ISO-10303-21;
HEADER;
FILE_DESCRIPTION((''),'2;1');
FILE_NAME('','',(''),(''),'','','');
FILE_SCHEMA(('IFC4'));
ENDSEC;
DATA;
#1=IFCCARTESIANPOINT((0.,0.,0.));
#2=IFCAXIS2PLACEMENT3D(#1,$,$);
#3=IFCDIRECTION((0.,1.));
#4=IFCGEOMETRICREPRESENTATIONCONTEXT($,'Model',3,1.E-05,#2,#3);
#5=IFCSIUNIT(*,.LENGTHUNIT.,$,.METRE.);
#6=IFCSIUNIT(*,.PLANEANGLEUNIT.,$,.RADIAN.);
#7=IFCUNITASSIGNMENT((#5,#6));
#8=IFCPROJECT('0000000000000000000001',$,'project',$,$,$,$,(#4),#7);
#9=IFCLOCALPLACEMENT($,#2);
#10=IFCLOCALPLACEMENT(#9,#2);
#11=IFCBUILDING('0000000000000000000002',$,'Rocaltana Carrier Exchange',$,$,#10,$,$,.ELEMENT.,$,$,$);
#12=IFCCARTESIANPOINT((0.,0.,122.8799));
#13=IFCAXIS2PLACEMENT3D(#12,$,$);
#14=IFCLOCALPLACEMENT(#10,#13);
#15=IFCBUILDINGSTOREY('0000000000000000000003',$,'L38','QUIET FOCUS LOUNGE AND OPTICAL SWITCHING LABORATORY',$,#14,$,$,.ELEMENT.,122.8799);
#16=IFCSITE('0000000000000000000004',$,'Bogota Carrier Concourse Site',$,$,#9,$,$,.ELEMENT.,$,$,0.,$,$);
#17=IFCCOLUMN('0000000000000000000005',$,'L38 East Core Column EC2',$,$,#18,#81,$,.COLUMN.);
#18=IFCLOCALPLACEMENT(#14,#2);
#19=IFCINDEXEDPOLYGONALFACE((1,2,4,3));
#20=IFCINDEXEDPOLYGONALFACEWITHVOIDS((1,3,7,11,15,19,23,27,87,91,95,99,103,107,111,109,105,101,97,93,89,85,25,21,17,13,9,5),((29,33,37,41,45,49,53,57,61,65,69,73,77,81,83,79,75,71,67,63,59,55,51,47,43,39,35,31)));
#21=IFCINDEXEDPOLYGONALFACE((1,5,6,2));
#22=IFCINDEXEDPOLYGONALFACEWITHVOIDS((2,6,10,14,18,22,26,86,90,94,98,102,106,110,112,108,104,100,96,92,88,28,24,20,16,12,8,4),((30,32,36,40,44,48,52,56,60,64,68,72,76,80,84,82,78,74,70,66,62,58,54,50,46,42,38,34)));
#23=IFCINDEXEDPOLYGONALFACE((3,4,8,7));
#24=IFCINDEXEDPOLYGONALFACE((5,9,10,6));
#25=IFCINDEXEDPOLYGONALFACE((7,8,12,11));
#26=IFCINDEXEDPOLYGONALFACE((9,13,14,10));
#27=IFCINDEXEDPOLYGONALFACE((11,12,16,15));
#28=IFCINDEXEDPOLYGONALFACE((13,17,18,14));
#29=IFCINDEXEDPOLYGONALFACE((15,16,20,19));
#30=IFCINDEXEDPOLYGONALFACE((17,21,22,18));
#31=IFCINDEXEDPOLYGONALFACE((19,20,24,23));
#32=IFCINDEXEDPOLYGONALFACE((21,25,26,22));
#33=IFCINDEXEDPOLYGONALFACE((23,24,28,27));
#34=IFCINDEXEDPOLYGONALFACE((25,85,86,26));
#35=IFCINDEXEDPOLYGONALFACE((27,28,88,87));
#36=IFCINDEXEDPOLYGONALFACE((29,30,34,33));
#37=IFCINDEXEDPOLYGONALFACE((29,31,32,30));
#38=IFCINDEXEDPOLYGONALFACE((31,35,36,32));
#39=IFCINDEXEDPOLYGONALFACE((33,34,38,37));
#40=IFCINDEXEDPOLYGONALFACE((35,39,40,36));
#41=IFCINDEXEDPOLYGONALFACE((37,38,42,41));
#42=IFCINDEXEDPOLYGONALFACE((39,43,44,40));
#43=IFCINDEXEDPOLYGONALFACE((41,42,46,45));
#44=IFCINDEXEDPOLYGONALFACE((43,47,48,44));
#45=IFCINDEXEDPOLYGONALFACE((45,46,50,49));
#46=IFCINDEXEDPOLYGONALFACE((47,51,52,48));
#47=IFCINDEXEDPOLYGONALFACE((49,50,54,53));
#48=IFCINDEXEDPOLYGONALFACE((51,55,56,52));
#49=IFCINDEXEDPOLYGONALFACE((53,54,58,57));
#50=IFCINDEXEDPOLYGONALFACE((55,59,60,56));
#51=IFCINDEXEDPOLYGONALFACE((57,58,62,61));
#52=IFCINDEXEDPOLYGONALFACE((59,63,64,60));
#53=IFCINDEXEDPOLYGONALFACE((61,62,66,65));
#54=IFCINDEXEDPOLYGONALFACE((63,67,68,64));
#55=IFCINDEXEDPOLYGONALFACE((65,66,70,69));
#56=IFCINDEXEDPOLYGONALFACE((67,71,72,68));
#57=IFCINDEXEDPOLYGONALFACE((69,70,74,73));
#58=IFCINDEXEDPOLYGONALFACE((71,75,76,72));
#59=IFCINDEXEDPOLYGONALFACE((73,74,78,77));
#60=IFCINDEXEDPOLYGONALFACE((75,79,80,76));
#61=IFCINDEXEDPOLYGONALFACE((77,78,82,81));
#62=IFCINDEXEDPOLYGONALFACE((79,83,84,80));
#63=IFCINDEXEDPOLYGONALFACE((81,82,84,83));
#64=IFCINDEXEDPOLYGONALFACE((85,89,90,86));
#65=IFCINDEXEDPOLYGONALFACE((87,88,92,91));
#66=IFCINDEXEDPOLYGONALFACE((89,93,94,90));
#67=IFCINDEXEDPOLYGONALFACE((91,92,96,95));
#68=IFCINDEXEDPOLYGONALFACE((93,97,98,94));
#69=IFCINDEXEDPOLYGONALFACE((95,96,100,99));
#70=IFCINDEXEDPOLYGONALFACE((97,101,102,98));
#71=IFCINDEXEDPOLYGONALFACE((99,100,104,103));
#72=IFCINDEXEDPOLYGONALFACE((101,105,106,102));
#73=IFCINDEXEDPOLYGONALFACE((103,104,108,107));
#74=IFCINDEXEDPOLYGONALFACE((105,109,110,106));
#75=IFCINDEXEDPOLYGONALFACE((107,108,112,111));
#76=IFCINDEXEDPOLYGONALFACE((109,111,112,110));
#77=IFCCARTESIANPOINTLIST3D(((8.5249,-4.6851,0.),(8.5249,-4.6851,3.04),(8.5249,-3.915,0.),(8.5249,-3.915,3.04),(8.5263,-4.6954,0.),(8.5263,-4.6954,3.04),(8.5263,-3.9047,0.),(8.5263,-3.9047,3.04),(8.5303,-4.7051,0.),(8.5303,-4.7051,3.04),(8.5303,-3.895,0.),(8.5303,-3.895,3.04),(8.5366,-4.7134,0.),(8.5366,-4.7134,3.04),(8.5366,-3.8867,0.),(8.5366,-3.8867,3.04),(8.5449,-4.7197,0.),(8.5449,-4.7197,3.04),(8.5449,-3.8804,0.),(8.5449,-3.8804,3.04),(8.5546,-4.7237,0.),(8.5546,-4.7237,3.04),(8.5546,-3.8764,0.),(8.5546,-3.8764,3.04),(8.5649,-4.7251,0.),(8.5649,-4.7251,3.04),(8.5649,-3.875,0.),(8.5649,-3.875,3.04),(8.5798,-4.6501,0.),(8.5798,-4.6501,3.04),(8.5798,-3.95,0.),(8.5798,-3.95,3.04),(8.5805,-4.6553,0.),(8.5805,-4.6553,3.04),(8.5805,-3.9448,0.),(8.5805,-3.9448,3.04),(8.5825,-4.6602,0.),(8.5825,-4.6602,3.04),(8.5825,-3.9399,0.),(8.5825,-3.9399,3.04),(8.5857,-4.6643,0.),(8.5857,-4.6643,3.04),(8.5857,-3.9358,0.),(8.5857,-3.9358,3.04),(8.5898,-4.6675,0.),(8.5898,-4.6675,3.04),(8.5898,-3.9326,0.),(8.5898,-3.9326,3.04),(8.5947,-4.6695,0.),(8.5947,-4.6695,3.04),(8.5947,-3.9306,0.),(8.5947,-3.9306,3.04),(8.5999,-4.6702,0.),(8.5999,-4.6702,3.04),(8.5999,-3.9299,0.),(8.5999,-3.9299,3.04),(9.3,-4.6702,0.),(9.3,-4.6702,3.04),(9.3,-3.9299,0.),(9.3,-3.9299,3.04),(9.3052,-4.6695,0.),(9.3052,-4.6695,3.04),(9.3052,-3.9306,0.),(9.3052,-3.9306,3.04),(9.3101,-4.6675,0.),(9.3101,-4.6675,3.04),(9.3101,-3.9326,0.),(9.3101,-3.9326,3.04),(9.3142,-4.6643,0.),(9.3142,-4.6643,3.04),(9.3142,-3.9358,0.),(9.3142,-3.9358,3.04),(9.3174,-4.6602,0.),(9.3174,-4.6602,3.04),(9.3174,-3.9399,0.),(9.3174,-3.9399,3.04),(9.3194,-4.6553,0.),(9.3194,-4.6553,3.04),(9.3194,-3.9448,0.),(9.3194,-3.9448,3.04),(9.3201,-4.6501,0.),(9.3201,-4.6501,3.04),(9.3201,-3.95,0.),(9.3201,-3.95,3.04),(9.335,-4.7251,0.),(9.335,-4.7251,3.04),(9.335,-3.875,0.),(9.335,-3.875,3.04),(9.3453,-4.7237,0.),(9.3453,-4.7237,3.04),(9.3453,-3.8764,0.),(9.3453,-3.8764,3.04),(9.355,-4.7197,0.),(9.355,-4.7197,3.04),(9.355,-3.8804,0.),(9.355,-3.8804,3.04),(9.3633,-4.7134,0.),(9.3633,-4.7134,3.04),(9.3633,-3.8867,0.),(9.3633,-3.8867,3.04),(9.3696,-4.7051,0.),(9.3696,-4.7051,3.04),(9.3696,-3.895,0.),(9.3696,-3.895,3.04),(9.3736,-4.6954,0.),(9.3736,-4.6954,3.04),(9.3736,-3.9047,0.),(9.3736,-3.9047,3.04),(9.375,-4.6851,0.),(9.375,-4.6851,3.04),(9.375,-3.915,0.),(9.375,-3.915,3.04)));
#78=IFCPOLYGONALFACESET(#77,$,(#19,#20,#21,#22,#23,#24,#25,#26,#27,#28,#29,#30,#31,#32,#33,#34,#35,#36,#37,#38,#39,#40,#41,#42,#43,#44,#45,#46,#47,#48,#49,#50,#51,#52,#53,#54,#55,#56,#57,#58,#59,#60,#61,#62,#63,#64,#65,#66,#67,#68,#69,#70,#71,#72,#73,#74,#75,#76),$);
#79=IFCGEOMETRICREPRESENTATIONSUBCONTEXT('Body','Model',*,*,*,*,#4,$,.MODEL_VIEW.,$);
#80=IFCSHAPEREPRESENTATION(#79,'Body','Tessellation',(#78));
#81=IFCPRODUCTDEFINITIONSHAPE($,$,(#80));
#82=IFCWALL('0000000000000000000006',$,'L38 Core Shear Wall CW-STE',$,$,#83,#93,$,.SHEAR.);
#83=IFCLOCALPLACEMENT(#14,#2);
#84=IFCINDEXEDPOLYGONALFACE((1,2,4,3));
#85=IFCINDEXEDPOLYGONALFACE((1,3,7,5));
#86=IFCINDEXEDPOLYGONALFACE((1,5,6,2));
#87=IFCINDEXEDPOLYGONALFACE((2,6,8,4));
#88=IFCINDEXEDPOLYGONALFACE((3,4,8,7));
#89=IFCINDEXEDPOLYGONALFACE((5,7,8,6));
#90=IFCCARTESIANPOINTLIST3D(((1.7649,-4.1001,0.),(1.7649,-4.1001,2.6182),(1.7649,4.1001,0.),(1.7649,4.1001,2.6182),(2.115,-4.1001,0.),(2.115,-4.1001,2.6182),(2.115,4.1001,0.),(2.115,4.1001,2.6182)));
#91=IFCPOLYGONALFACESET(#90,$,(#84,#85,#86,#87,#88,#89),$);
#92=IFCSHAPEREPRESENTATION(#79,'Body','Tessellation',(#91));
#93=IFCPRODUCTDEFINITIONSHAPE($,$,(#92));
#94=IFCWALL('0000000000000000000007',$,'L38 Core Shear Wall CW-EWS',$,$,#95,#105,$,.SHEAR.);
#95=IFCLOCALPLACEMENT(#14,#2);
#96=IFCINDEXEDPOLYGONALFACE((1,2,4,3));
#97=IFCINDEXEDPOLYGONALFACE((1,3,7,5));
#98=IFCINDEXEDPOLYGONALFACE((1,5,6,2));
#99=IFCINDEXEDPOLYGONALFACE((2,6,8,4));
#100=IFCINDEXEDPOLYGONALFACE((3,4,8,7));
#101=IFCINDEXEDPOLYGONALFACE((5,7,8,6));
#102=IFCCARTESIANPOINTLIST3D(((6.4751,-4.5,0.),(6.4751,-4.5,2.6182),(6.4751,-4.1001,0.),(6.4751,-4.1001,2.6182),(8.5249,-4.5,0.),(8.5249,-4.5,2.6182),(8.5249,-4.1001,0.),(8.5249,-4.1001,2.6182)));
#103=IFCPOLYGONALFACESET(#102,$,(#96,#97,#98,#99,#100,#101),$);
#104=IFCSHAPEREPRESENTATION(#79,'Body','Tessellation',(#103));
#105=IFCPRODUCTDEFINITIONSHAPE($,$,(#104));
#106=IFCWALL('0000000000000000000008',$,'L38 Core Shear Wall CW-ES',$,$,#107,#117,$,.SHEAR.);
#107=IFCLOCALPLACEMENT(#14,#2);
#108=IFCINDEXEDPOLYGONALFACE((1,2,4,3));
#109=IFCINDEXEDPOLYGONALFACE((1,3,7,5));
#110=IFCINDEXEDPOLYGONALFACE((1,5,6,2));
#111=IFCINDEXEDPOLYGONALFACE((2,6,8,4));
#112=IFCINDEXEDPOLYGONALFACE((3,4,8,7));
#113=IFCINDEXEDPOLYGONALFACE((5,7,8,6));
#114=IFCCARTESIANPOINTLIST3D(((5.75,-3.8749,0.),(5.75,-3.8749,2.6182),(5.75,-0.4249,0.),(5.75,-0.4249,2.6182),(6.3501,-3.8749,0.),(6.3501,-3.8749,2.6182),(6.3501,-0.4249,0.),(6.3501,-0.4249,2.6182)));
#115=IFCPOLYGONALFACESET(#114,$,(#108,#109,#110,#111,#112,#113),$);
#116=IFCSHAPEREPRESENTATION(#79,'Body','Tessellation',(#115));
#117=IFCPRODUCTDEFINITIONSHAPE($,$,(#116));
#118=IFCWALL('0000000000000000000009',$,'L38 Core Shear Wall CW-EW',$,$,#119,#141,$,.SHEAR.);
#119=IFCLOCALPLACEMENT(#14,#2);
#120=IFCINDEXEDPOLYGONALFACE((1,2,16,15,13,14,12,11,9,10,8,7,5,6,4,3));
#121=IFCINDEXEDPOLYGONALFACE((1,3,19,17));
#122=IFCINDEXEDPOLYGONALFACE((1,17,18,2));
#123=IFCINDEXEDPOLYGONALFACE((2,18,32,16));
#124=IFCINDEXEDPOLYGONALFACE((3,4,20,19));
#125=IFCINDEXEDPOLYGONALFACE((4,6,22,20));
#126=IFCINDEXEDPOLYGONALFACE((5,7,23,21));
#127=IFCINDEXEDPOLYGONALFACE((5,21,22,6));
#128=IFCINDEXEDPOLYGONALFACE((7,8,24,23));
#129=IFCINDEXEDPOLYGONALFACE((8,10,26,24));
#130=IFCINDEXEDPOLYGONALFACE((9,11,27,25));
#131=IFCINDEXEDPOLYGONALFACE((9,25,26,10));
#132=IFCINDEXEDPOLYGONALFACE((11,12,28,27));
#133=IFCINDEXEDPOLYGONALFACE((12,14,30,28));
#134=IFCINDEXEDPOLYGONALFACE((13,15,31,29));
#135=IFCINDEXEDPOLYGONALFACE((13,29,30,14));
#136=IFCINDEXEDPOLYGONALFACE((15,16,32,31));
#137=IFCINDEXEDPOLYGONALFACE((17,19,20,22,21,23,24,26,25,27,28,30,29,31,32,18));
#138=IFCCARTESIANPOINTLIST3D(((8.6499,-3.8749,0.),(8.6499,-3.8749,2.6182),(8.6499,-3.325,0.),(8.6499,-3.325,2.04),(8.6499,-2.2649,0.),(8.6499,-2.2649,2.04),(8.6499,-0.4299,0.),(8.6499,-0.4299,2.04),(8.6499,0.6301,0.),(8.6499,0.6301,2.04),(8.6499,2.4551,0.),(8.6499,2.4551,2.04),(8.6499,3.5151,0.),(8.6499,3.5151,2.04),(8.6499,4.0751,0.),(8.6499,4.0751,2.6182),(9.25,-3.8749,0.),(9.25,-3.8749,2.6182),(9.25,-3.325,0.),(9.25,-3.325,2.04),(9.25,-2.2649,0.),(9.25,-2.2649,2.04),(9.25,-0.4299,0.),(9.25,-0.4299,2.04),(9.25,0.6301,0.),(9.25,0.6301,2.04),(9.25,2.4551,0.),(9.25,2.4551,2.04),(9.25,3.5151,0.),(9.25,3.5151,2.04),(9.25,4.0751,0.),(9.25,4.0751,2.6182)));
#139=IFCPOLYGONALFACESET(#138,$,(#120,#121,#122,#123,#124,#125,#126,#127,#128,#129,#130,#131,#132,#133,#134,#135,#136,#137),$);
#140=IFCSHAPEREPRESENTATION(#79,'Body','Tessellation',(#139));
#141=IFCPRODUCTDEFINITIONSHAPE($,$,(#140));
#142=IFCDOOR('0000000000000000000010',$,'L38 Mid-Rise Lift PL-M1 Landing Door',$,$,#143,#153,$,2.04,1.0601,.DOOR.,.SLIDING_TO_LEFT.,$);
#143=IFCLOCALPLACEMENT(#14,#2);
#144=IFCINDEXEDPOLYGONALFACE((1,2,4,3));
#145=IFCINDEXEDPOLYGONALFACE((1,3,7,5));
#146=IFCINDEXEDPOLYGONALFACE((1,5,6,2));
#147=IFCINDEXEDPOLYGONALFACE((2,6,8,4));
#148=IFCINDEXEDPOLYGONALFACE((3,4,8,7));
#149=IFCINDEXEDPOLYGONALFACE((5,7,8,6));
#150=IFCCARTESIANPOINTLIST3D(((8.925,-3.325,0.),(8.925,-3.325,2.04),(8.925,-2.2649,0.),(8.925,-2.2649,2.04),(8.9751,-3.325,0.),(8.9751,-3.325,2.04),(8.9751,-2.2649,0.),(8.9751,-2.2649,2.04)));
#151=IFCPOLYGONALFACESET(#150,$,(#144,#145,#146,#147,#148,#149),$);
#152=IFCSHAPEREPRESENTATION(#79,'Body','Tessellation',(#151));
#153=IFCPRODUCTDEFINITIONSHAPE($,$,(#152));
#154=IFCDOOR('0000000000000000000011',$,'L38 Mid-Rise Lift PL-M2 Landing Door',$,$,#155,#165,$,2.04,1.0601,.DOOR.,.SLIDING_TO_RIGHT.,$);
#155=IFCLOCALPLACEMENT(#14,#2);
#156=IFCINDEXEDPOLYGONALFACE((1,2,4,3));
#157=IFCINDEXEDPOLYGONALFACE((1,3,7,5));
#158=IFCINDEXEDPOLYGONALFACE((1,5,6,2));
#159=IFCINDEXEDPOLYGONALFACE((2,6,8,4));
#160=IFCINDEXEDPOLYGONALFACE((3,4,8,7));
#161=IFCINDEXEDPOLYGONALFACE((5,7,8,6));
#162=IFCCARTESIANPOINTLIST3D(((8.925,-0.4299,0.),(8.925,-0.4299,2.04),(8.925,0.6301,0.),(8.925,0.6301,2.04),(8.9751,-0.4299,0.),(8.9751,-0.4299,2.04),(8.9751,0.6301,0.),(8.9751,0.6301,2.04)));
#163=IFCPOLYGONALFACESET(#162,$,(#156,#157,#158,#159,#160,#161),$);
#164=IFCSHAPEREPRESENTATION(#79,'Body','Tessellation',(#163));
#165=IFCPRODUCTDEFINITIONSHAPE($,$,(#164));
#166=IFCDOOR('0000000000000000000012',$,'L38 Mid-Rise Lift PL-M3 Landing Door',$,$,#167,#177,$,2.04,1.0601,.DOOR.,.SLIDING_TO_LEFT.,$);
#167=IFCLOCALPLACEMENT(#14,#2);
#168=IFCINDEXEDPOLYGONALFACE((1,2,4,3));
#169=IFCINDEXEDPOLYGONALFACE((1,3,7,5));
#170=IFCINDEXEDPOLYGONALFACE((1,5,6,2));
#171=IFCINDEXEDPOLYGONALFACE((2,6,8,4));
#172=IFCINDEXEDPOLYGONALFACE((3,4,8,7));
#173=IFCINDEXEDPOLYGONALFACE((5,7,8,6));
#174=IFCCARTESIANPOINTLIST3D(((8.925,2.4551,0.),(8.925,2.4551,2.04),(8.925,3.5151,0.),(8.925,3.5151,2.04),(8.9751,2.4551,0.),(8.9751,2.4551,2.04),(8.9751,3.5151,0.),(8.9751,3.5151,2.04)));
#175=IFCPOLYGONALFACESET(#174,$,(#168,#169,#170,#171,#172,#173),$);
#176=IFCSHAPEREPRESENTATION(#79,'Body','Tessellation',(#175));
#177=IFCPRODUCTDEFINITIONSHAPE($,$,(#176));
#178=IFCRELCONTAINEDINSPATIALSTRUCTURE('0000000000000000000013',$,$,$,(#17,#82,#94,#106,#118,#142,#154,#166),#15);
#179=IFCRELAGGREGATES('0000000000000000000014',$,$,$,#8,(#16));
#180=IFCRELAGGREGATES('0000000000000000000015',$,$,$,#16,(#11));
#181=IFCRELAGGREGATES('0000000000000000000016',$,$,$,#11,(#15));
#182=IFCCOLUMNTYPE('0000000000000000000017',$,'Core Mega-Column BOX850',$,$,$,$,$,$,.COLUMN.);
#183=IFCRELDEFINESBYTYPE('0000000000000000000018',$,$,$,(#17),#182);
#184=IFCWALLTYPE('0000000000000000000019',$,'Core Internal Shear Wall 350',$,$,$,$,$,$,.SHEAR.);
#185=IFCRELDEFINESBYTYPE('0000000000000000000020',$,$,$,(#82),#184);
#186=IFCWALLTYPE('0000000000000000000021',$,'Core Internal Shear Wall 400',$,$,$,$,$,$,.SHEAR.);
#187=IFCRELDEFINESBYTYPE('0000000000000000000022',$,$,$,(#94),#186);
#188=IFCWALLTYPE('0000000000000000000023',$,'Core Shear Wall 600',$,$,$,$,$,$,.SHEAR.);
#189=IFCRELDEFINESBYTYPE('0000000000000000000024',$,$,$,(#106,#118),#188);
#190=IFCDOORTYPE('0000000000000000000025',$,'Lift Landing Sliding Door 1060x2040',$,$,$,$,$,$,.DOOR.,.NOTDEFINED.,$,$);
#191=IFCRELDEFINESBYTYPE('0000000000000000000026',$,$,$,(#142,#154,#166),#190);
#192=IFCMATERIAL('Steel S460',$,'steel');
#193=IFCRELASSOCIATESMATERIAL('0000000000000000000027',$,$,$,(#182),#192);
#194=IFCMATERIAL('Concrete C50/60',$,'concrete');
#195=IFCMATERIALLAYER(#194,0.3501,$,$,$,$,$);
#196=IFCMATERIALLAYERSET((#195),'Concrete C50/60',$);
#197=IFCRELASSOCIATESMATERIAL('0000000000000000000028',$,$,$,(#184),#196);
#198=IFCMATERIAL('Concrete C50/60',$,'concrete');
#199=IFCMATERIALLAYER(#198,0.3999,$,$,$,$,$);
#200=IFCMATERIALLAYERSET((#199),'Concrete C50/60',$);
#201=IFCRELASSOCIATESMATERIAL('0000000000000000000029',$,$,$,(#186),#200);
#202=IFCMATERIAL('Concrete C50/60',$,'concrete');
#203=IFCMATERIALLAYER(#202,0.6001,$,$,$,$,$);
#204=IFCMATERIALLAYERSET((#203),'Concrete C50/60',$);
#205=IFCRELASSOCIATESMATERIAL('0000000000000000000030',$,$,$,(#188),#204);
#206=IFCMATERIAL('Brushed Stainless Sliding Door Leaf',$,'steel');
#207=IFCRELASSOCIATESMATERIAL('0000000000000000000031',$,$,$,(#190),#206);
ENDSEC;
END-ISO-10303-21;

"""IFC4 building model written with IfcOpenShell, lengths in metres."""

from ifc_helpers import new_model, si_unit, direction, frame, frame_2d, origin, origin_2d, place, context, subcontext, project, spatial, rectangle, hollow_rectangle, extrude, material, layer, layer_set, material_profile, profile_set, type_object, element, fill, save


model = new_model("IFC4")

# Units and contexts
model_context = context("Model", 3, precision=1e-05, world=origin(), true_north=direction((0.0, 1.0)))
body_context = subcontext(model_context, "Body", "Model", "MODEL_VIEW")
ifc_project = project(units=[si_unit("LENGTHUNIT", "METRE"), si_unit("PLANEANGLEUNIT", "RADIAN")], contexts=[model_context])

# Site, building, storey
site_placement = place(None, origin())
site = spatial("IfcSite", under=ifc_project, at=site_placement, Name="Bogota Carrier Concourse Site", CompositionType="ELEMENT", RefElevation=0.0)
building_placement = place(site_placement, origin())
building = spatial("IfcBuilding", under=site, at=building_placement, Name="Rocaltana Carrier Exchange", CompositionType="ELEMENT")
storey_placement = place(building_placement, frame((0.0, 0.0, 122.8799)))
storey = spatial("IfcBuildingStorey", under=building, at=storey_placement, Name="L38", Description="QUIET FOCUS LOUNGE AND OPTICAL SWITCHING LABORATORY", CompositionType="ELEMENT", Elevation=122.8799)

# Column
ifc_material_1 = material(Name="Steel S460", Category="steel")
ifc_material_profile = material_profile(ifc_material_1, hollow_rectangle(XDim=0.8501, YDim=0.8501, WallThickness=0.0549, InnerFilletRadius=0.02, OuterFilletRadius=0.04, at=origin_2d()), Name="BOX850X850X55")
ifc_profile_set = profile_set([ifc_material_profile], Name="Steel S460")
column_type = type_object("IfcColumnType", Name="Core Mega-Column BOX850", PredefinedType="COLUMN", material=ifc_profile_set)
column_placement = place(storey_placement, frame((8.95, -4.3, 0.0), z_axis=(0.0, 0.0, 1.0), x_axis=(1.0, 0.0, 0.0)))
element("IfcColumn", 1, at=column_placement, inside=storey, type_object=column_type, Name="L38 East Core Column EC2", PredefinedType="COLUMN", context=body_context, shape_type="SweptSolid", body=[
    extrude(hollow_rectangle(XDim=0.8501, YDim=0.8501, WallThickness=0.0549, InnerFilletRadius=0.02, OuterFilletRadius=0.04, at=origin_2d()), origin(), (0.0, 0.0, 1.0), 3.04),
])

# Walls
ifc_material_2 = material(Name="Concrete C50/60", Category="concrete")
ifc_layer_1 = layer(ifc_material_2, 0.3501)
ifc_layer_set_1 = layer_set([ifc_layer_1], Name="Concrete C50/60")
wall_type_1 = type_object("IfcWallType", Name="Core Internal Shear Wall 350", PredefinedType="SHEAR", material=ifc_layer_set_1)
wall_1_placement = place(storey_placement, frame((1.9399, -4.1001, 0.0), z_axis=(0.0, 0.0, 1.0), x_axis=(0.0, 1.0, 0.0)))
element("IfcWall", 2, at=wall_1_placement, inside=storey, type_object=wall_type_1, Name="L38 Core Shear Wall CW-STE", PredefinedType="SHEAR", context=body_context, shape_type="SweptSolid", body=[
    extrude(rectangle(XDim=8.2002, YDim=0.3501, at=frame_2d((4.1001, 0.0))), origin(), (0.0, 0.0, 1.0), 2.6182),
])
ifc_material_3 = material(Name="Concrete C50/60", Category="concrete")
ifc_layer_2 = layer(ifc_material_3, 0.3999)
ifc_layer_set_2 = layer_set([ifc_layer_2], Name="Concrete C50/60")
wall_type_2 = type_object("IfcWallType", Name="Core Internal Shear Wall 400", PredefinedType="SHEAR", material=ifc_layer_set_2)
wall_2_placement = place(storey_placement, frame((6.4751, -4.3, 0.0), z_axis=(0.0, 0.0, 1.0), x_axis=(1.0, 0.0, 0.0)))
element("IfcWall", 3, at=wall_2_placement, inside=storey, type_object=wall_type_2, Name="L38 Core Shear Wall CW-EWS", PredefinedType="SHEAR", context=body_context, shape_type="SweptSolid", body=[
    extrude(rectangle(XDim=2.0498, YDim=0.3999, at=frame_2d((1.0249, 0.0))), origin(), (0.0, 0.0, 1.0), 2.6182),
])
ifc_material_4 = material(Name="Concrete C50/60", Category="concrete")
ifc_layer_3 = layer(ifc_material_4, 0.6001)
ifc_layer_set_3 = layer_set([ifc_layer_3], Name="Concrete C50/60")
wall_type_3 = type_object("IfcWallType", Name="Core Shear Wall 600", PredefinedType="SHEAR", material=ifc_layer_set_3)
wall_3_placement = place(storey_placement, frame((6.05, -3.875, 0.0), z_axis=(0.0, 0.0, 1.0), x_axis=(0.0, 1.0, 0.0)))
element("IfcWall", 4, at=wall_3_placement, inside=storey, type_object=wall_type_3, Name="L38 Core Shear Wall CW-ES", PredefinedType="SHEAR", context=body_context, shape_type="SweptSolid", body=[
    extrude(rectangle(XDim=3.45, YDim=0.6001, at=frame_2d((1.7251, 0.0))), origin(), (0.0, 0.0, 1.0), 2.6182),
])

# Wall, openings, doors
wall_4_placement = place(storey_placement, frame((8.95, -3.875, 0.0), z_axis=(0.0, 0.0, 1.0), x_axis=(0.0, 1.0, 0.0)))
wall_4 = element("IfcWall", 5, at=wall_4_placement, inside=storey, type_object=wall_type_3, Name="L38 Core Shear Wall CW-EW", PredefinedType="SHEAR", context=body_context, shape_type="SweptSolid", body=[
    extrude(rectangle(XDim=7.95, YDim=0.6001, at=frame_2d((3.9751, 0.0))), origin(), (0.0, 0.0, 1.0), 2.6182),
])
opening_1_placement = place(wall_4_placement, frame((0.55, 0.0, 0.0)))
opening_1 = element("IfcOpeningElement", 6, at=opening_1_placement, cuts=wall_4, PredefinedType="OPENING", context=body_context, shape_type="SweptSolid", body=[
    extrude(rectangle(XDim=1.0601, YDim=2.04, at=frame_2d((0.53, 1.02))), frame((0.0, 0.3101, 0.0), z_axis=(0.0, -1.0, 0.0), x_axis=(1.0, 0.0, 0.0)), (0.0, 0.0, 1.0), 0.6201),
])
opening_2_placement = place(wall_4_placement, frame((3.4451, 0.0, 0.0)))
opening_2 = element("IfcOpeningElement", 7, at=opening_2_placement, cuts=wall_4, PredefinedType="OPENING", context=body_context, shape_type="SweptSolid", body=[
    extrude(rectangle(XDim=1.0601, YDim=2.04, at=frame_2d((0.53, 1.02))), frame((0.0, 0.3101, 0.0), z_axis=(0.0, -1.0, 0.0), x_axis=(1.0, 0.0, 0.0)), (0.0, 0.0, 1.0), 0.6201),
])
opening_3_placement = place(wall_4_placement, frame((6.3301, 0.0, 0.0)))
opening_3 = element("IfcOpeningElement", 8, at=opening_3_placement, cuts=wall_4, PredefinedType="OPENING", context=body_context, shape_type="SweptSolid", body=[
    extrude(rectangle(XDim=1.0601, YDim=2.04, at=frame_2d((0.53, 1.02))), frame((0.0, 0.3101, 0.0), z_axis=(0.0, -1.0, 0.0), x_axis=(1.0, 0.0, 0.0)), (0.0, 0.0, 1.0), 0.6201),
])
ifc_material_5 = material(Name="Brushed Stainless Sliding Door Leaf", Category="steel")
door_type = type_object("IfcDoorType", Name="Lift Landing Sliding Door 1060x2040", OperationType="NOTDEFINED", PredefinedType="DOOR", material=ifc_material_5)
door_1_placement = place(opening_1_placement, origin())
door_1 = element("IfcDoor", 9, at=door_1_placement, inside=storey, type_object=door_type, Name="L38 Mid-Rise Lift PL-M1 Landing Door", OperationType="SLIDING_TO_LEFT", OverallHeight=2.04, OverallWidth=1.0601, PredefinedType="DOOR", context=body_context, shape_type="SweptSolid", body=[
    extrude(rectangle(XDim=1.0601, YDim=2.04, at=frame_2d((0.53, 1.02))), frame((0.0, 0.0249, 0.0), z_axis=(0.0, -1.0, 0.0), x_axis=(1.0, 0.0, 0.0)), (0.0, 0.0, 1.0), 0.05),
])
fill(opening_1, door_1)
door_2_placement = place(opening_2_placement, origin())
door_2 = element("IfcDoor", 10, at=door_2_placement, inside=storey, type_object=door_type, Name="L38 Mid-Rise Lift PL-M2 Landing Door", OperationType="SLIDING_TO_RIGHT", OverallHeight=2.04, OverallWidth=1.0601, PredefinedType="DOOR", context=body_context, shape_type="SweptSolid", body=[
    extrude(rectangle(XDim=1.0601, YDim=2.04, at=frame_2d((0.53, 1.02))), frame((0.0, 0.0249, 0.0), z_axis=(0.0, -1.0, 0.0), x_axis=(1.0, 0.0, 0.0)), (0.0, 0.0, 1.0), 0.05),
])
fill(opening_2, door_2)
door_3_placement = place(opening_3_placement, origin())
door_3 = element("IfcDoor", 11, at=door_3_placement, inside=storey, type_object=door_type, Name="L38 Mid-Rise Lift PL-M3 Landing Door", OperationType="SLIDING_TO_LEFT", OverallHeight=2.04, OverallWidth=1.0601, PredefinedType="DOOR", context=body_context, shape_type="SweptSolid", body=[
    extrude(rectangle(XDim=1.0601, YDim=2.04, at=frame_2d((0.53, 1.02))), frame((0.0, 0.0249, 0.0), z_axis=(0.0, -1.0, 0.0), x_axis=(1.0, 0.0, 0.0)), (0.0, 0.0, 1.0), 0.05),
])
fill(opening_3, door_3)

save(model, "model.ifc")
